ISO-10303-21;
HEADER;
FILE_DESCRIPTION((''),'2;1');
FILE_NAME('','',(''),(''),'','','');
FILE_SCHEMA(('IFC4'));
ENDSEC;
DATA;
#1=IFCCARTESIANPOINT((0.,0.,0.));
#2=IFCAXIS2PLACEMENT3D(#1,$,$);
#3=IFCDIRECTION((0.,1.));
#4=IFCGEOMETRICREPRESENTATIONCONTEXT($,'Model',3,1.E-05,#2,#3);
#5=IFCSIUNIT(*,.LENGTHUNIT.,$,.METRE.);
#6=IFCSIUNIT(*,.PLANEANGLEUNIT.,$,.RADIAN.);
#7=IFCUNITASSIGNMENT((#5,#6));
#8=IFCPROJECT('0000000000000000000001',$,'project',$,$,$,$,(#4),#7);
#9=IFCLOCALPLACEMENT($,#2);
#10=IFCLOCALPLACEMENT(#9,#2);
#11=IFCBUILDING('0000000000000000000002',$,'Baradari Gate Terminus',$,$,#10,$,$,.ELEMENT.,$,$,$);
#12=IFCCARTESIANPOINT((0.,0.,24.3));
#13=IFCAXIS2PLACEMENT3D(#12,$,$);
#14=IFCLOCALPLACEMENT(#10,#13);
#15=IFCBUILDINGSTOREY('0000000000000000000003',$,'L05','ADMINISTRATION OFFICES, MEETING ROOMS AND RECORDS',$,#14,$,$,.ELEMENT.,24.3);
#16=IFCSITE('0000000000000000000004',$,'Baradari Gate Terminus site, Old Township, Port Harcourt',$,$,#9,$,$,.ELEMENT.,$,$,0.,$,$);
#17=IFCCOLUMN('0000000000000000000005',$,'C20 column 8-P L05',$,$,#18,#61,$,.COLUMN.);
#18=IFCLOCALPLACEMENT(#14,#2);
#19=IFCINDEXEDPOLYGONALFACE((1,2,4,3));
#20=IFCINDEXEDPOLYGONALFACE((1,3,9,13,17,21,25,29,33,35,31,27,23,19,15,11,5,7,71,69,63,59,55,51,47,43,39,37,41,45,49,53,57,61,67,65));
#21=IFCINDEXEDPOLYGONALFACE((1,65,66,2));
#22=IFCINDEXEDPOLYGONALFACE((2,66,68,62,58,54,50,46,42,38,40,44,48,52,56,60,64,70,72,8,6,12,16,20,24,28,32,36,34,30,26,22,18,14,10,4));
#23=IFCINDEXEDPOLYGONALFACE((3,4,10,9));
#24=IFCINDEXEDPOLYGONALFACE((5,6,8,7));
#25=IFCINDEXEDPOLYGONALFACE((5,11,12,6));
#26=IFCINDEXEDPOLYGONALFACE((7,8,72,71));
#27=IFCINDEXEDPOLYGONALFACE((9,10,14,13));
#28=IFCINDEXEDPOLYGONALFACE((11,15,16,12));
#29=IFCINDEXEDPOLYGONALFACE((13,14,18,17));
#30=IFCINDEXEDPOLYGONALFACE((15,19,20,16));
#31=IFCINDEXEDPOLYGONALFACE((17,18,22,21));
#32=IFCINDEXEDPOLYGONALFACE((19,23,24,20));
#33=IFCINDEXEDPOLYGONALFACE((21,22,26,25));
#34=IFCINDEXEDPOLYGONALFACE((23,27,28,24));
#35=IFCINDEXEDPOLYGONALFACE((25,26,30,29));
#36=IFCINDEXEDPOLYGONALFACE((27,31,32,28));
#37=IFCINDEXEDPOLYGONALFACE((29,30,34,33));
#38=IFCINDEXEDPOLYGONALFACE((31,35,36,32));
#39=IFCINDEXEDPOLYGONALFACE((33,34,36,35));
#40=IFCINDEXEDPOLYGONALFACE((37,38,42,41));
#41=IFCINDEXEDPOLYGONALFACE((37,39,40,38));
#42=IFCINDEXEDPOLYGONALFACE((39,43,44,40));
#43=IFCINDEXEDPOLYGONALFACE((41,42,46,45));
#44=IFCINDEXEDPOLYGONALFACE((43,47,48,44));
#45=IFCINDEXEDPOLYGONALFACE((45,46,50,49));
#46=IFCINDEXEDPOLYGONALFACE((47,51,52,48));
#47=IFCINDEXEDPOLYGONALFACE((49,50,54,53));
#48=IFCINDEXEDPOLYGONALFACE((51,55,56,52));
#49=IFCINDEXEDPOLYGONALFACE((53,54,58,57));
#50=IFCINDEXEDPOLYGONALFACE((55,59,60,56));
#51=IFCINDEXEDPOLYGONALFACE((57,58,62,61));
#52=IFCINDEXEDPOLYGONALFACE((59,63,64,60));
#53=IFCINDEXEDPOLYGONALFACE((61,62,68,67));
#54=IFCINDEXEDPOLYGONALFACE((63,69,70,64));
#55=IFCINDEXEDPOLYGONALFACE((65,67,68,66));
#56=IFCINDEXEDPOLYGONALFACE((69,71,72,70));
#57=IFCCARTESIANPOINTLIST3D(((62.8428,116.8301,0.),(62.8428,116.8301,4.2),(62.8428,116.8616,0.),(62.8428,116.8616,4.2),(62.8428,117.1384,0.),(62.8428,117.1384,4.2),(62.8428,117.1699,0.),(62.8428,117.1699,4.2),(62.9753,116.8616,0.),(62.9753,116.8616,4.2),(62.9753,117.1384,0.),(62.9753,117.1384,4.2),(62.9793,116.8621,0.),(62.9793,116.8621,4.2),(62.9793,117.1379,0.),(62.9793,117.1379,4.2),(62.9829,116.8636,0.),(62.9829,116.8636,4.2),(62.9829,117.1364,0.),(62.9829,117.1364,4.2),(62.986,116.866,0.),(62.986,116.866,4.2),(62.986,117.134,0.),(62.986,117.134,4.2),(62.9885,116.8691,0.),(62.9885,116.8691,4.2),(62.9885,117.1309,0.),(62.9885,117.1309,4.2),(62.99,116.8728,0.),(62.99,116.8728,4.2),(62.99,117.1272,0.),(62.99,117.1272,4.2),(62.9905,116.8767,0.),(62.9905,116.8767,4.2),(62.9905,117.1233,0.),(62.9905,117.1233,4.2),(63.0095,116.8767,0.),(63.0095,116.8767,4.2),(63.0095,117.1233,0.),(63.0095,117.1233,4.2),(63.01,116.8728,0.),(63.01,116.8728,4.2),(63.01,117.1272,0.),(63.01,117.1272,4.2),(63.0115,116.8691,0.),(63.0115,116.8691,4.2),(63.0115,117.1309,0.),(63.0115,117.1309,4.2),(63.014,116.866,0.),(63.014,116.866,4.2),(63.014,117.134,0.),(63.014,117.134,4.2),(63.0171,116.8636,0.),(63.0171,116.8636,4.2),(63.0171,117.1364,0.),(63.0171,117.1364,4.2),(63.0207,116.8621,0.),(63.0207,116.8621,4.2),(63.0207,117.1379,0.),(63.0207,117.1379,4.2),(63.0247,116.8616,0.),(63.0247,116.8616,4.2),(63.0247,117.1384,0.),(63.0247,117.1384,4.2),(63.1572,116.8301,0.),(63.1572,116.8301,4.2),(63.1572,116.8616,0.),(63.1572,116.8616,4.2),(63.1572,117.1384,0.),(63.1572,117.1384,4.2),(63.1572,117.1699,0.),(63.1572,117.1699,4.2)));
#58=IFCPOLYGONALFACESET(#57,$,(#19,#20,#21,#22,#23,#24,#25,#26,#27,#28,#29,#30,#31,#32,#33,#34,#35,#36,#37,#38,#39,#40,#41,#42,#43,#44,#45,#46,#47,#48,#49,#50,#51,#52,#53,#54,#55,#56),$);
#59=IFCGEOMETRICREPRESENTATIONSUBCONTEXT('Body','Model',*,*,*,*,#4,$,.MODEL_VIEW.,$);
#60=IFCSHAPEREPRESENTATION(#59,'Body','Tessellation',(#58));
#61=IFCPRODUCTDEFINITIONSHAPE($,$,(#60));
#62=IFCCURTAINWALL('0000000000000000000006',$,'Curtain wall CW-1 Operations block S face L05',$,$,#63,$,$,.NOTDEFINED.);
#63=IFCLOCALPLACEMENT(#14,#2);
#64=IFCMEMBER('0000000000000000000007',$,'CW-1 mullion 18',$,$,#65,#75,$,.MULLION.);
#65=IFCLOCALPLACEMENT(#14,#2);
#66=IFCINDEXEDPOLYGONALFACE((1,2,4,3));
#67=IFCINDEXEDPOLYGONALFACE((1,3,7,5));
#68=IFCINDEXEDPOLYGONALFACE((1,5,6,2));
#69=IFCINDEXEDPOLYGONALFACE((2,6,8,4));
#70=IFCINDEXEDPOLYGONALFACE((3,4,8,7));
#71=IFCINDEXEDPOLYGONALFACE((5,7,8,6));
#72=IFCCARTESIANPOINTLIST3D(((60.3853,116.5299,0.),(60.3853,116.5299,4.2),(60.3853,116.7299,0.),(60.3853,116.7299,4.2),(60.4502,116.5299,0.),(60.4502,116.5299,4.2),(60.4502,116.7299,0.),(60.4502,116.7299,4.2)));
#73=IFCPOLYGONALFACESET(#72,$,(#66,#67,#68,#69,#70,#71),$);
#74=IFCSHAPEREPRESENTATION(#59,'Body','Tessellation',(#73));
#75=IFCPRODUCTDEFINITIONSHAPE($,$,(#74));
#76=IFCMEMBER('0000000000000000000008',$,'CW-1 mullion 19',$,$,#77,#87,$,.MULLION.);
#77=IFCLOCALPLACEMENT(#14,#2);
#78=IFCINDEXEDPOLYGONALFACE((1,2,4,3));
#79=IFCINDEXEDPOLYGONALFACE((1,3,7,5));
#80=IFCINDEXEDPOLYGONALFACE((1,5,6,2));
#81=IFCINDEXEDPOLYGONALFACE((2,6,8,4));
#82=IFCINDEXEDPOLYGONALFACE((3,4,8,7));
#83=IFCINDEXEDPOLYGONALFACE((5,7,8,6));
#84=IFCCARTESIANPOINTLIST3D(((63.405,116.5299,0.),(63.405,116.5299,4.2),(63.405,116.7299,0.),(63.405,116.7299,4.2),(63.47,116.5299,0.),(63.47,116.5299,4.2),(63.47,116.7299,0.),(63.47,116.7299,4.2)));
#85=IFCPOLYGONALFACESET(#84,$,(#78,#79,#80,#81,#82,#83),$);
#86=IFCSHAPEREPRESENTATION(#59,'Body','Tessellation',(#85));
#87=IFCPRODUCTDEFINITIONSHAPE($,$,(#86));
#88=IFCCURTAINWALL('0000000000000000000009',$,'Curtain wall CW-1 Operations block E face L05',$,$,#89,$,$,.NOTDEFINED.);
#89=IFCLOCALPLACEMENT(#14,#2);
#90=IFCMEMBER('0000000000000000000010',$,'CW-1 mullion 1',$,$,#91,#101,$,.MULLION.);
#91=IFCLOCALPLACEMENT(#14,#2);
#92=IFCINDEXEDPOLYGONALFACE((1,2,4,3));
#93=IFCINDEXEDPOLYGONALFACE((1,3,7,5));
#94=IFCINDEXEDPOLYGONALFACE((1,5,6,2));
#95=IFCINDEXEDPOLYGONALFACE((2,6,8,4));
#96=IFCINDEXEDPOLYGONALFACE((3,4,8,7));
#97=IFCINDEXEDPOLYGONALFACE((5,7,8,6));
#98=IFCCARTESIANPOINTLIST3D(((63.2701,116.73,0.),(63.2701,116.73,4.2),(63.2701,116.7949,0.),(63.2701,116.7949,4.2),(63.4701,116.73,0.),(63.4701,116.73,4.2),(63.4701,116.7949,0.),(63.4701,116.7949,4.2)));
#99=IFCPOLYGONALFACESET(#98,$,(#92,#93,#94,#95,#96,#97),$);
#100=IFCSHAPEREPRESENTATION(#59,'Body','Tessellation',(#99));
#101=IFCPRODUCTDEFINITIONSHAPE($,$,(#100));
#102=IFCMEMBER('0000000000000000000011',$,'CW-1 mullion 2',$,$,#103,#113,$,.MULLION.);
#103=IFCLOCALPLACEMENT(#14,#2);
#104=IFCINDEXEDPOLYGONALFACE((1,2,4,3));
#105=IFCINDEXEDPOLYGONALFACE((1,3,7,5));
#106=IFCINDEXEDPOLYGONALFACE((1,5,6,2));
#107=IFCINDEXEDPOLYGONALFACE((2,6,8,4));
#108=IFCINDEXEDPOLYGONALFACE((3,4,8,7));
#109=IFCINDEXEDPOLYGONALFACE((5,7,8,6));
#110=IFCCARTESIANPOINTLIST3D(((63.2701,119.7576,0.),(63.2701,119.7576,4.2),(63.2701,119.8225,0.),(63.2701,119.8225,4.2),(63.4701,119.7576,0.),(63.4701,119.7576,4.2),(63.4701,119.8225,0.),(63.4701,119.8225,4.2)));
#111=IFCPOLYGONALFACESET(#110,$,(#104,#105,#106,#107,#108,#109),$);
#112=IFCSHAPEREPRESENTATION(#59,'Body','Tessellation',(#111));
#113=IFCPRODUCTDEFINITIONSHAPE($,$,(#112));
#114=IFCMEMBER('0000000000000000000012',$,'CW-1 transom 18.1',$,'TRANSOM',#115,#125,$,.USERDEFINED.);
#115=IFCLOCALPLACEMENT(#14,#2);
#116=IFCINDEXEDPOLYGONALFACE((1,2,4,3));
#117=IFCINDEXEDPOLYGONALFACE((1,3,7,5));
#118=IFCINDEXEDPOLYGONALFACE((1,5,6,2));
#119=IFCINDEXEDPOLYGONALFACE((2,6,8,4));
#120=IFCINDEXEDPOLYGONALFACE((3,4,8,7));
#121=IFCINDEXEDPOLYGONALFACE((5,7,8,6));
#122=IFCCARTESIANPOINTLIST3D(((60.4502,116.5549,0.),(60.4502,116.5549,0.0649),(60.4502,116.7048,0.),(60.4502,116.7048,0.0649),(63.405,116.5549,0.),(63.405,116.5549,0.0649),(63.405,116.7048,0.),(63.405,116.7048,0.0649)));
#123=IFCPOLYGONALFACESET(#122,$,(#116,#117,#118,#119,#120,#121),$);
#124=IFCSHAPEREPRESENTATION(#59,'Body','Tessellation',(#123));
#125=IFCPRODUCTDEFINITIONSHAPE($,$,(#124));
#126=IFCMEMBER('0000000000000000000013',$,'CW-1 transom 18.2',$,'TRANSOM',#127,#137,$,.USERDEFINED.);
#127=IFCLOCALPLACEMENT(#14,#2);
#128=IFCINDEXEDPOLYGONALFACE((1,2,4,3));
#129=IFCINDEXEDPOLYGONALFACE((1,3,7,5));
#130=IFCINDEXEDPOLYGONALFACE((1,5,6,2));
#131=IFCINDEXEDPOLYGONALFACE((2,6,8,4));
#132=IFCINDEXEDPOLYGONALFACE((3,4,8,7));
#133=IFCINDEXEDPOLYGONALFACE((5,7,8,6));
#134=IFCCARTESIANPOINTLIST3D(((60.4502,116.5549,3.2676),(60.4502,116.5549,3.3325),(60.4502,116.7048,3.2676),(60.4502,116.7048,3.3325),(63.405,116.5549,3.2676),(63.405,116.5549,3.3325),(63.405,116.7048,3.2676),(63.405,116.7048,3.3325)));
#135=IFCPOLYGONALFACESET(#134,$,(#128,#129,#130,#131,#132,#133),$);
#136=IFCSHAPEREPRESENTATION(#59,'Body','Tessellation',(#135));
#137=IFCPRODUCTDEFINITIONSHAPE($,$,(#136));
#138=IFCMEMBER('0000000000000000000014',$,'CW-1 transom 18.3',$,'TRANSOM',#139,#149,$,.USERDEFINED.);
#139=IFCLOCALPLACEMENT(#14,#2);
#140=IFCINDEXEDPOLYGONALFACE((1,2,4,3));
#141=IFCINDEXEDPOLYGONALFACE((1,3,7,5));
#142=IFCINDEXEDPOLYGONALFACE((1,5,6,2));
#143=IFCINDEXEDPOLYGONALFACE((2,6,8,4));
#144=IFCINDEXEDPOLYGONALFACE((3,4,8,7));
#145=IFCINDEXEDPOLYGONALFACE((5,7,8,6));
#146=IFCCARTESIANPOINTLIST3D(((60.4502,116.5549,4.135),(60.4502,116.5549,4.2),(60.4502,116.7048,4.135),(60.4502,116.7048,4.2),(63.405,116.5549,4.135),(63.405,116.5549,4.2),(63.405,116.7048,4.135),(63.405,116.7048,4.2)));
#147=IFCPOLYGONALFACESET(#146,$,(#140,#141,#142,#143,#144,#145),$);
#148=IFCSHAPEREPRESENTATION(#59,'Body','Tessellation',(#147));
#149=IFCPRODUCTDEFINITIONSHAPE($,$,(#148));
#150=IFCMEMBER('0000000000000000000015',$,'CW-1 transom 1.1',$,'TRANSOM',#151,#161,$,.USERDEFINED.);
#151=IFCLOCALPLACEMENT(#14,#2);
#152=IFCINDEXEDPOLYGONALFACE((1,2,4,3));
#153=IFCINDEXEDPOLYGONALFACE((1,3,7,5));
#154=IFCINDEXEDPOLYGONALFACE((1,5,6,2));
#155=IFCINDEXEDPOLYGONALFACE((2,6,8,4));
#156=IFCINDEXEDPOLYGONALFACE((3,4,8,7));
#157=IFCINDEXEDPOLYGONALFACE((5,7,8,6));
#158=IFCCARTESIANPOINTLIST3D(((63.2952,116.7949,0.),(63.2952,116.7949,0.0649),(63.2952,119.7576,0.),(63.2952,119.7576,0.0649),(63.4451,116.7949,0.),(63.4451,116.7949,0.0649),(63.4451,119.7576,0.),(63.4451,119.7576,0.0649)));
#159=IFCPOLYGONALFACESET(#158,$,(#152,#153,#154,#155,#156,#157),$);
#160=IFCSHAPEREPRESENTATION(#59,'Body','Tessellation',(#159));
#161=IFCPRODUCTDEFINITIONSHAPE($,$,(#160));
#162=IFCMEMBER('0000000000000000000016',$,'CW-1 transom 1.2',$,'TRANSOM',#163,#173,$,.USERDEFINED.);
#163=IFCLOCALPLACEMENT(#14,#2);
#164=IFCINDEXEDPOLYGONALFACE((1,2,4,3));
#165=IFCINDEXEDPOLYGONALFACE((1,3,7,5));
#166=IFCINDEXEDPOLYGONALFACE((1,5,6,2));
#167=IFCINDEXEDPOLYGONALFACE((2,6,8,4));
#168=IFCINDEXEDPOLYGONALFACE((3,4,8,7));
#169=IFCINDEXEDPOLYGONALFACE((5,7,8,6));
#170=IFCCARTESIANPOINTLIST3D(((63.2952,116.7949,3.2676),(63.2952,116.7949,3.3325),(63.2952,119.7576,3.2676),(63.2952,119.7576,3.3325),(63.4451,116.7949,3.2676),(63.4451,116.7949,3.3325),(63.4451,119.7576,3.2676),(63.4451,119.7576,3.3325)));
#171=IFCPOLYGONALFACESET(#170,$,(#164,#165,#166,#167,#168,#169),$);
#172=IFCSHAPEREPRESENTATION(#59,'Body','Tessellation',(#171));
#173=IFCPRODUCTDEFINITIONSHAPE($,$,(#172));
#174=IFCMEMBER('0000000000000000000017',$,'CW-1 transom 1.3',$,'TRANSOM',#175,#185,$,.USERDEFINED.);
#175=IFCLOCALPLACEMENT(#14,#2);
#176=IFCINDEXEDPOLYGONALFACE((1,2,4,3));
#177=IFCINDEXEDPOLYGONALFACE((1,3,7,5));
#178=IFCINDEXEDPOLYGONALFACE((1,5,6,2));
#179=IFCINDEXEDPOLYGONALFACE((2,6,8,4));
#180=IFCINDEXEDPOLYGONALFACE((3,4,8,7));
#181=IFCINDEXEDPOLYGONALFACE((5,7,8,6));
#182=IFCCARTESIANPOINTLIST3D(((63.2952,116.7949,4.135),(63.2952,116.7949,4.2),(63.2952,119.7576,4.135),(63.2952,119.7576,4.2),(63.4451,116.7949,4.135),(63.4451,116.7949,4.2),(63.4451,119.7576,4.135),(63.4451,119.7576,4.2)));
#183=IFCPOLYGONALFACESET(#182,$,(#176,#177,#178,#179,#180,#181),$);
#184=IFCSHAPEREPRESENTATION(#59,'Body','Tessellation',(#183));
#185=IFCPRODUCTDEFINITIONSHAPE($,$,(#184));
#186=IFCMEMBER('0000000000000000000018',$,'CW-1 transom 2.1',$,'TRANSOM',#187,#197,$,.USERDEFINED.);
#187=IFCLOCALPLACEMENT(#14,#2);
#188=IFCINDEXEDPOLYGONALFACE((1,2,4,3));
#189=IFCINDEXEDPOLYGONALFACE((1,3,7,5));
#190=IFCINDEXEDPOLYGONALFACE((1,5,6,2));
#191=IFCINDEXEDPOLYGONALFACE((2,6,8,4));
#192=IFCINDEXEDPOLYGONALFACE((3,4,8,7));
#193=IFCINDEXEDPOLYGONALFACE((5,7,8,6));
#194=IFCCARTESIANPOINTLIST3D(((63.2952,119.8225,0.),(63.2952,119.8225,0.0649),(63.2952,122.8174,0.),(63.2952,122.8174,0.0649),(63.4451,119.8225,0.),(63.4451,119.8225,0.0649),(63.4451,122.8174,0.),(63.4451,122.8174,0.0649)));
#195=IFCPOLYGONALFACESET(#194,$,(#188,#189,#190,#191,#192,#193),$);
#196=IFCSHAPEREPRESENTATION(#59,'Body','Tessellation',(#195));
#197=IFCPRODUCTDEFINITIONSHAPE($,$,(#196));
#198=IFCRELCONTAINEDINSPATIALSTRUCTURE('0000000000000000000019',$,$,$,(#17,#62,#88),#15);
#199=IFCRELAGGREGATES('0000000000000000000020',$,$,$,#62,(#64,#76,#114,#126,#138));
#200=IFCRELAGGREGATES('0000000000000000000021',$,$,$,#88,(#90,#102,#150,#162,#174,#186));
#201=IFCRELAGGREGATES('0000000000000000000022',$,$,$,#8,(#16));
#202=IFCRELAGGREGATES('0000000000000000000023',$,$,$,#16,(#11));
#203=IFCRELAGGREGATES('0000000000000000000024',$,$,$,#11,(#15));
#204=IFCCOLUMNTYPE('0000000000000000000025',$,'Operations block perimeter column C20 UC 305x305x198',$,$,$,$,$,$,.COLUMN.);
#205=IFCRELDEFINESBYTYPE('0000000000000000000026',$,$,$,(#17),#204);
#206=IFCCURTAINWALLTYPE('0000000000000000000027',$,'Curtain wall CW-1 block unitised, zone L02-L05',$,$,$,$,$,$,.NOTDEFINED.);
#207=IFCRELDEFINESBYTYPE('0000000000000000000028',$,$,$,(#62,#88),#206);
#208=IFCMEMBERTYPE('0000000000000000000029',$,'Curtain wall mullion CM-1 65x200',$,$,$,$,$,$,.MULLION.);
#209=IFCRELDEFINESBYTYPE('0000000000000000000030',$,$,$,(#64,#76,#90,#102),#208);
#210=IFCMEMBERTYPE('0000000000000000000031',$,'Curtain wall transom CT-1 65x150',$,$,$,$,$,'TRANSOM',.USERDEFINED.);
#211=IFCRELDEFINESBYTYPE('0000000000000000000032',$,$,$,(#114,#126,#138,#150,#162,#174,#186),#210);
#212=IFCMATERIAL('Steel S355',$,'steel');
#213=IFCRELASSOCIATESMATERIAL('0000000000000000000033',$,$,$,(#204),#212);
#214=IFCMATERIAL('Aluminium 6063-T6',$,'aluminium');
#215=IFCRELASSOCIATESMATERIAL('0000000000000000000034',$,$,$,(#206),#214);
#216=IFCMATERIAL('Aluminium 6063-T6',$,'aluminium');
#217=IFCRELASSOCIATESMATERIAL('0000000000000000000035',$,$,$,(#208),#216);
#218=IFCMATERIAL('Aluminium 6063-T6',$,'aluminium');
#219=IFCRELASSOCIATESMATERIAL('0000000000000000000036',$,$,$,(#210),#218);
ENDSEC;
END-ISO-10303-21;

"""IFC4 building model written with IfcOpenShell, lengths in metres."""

from ifc_helpers import new_model, si_unit, direction, frame, origin, origin_2d, place, context, subcontext, project, spatial, rectangle, i_section, extrude, material, material_profile, profile_set, type_object, element, aggregate, save


model = new_model("IFC4")

# Units and contexts
model_context = context("Model", 3, precision=1e-05, world=origin(), true_north=direction((0.0, 1.0)))
body_context = subcontext(model_context, "Body", "Model", "MODEL_VIEW")
ifc_project = project(units=[si_unit("LENGTHUNIT", "METRE"), si_unit("PLANEANGLEUNIT", "RADIAN")], contexts=[model_context])

# Site, building, storey
site_placement = place(None, origin())
site = spatial("IfcSite", under=ifc_project, at=site_placement, Name="Baradari Gate Terminus site, Old Township, Port Harcourt", CompositionType="ELEMENT", RefElevation=0.0)
building_placement = place(site_placement, origin())
building = spatial("IfcBuilding", under=site, at=building_placement, Name="Baradari Gate Terminus", CompositionType="ELEMENT")
storey_placement = place(building_placement, frame((0.0, 0.0, 24.3)))
storey = spatial("IfcBuildingStorey", under=building, at=storey_placement, Name="L05", Description="ADMINISTRATION OFFICES, MEETING ROOMS AND RECORDS", CompositionType="ELEMENT", Elevation=24.3)

# Column
ifc_material_1 = material(Name="Steel S355", Category="steel")
ifc_material_profile_1 = material_profile(ifc_material_1, i_section(OverallWidth=0.3145, OverallDepth=0.3398, WebThickness=0.019, FlangeThickness=0.0315, FilletRadius=0.0151, at=origin_2d()), Name="UC 305x305x198")
ifc_profile_set_1 = profile_set([ifc_material_profile_1], Name="Steel S355")
column_type = type_object("IfcColumnType", Name="Operations block perimeter column C20 UC 305x305x198", PredefinedType="COLUMN", material=ifc_profile_set_1)
column_placement = place(storey_placement, frame((63.0, 117.0, 0.0), z_axis=(0.0, 0.0, 1.0), x_axis=(1.0, 0.0, 0.0)))
element("IfcColumn", 1, at=column_placement, inside=storey, type_object=column_type, Name="C20 column 8-P L05", PredefinedType="COLUMN", context=body_context, shape_type="SweptSolid", body=[
    extrude(i_section(OverallWidth=0.3145, OverallDepth=0.3398, WebThickness=0.019, FlangeThickness=0.0315, FilletRadius=0.0151, at=origin_2d()), origin(), (0.0, 0.0, 1.0), 4.2),
])

# Curtain walls, members
ifc_material_2 = material(Name="Aluminium 6063-T6", Category="aluminium")
curtain_wall_type = type_object("IfcCurtainWallType", Name="Curtain wall CW-1 block unitised, zone L02-L05", PredefinedType="NOTDEFINED", material=ifc_material_2)
curtain_wall_1_placement = place(storey_placement, origin())
curtain_wall_1 = element("IfcCurtainWall", 2, at=curtain_wall_1_placement, inside=storey, type_object=curtain_wall_type, Name="Curtain wall CW-1 Operations block S face L05", PredefinedType="NOTDEFINED")
ifc_material_3 = material(Name="Aluminium 6063-T6", Category="aluminium")
ifc_material_profile_2 = material_profile(ifc_material_3, rectangle(XDim=0.2, YDim=0.0649, at=origin_2d()), Name="CM-1 65X200")
ifc_profile_set_2 = profile_set([ifc_material_profile_2], Name="Aluminium 6063-T6")
member_type_1 = type_object("IfcMemberType", Name="Curtain wall mullion CM-1 65x200", PredefinedType="MULLION", material=ifc_profile_set_2)
member_1_placement = place(storey_placement, frame((60.4177, 116.6299, 0.0), z_axis=(0.0, 0.0, 1.0), x_axis=(0.0, 1.0, 0.0)))
member_1 = element("IfcMember", 3, at=member_1_placement, type_object=member_type_1, Name="CW-1 mullion 18", PredefinedType="MULLION", context=body_context, shape_type="SweptSolid", body=[
    extrude(rectangle(XDim=0.2, YDim=0.0649, at=origin_2d()), origin(), (0.0, 0.0, 1.0), 4.2),
])
member_2_placement = place(storey_placement, frame((63.4375, 116.6299, 0.0), z_axis=(0.0, 0.0, 1.0), x_axis=(0.0, 1.0, 0.0)))
member_2 = element("IfcMember", 4, at=member_2_placement, type_object=member_type_1, Name="CW-1 mullion 19", PredefinedType="MULLION", context=body_context, shape_type="SweptSolid", body=[
    extrude(rectangle(XDim=0.2, YDim=0.0649, at=origin_2d()), origin(), (0.0, 0.0, 1.0), 4.2),
])
curtain_wall_2_placement = place(storey_placement, origin())
curtain_wall_2 = element("IfcCurtainWall", 5, at=curtain_wall_2_placement, inside=storey, type_object=curtain_wall_type, Name="Curtain wall CW-1 Operations block E face L05", PredefinedType="NOTDEFINED")
member_3_placement = place(storey_placement, frame((63.3701, 116.7625, 0.0), z_axis=(0.0, 0.0, 1.0), x_axis=(-1.0, 0.0, 0.0)))
member_3 = element("IfcMember", 6, at=member_3_placement, type_object=member_type_1, Name="CW-1 mullion 1", PredefinedType="MULLION", context=body_context, shape_type="SweptSolid", body=[
    extrude(rectangle(XDim=0.2, YDim=0.0649, at=origin_2d()), origin(), (0.0, 0.0, 1.0), 4.2),
])
member_4_placement = place(storey_placement, frame((63.3701, 119.79, 0.0), z_axis=(0.0, 0.0, 1.0), x_axis=(-1.0, 0.0, 0.0)))
member_4 = element("IfcMember", 7, at=member_4_placement, type_object=member_type_1, Name="CW-1 mullion 2", PredefinedType="MULLION", context=body_context, shape_type="SweptSolid", body=[
    extrude(rectangle(XDim=0.2, YDim=0.0649, at=origin_2d()), origin(), (0.0, 0.0, 1.0), 4.2),
])

# Members
ifc_material_4 = material(Name="Aluminium 6063-T6", Category="aluminium")
ifc_material_profile_3 = material_profile(ifc_material_4, rectangle(XDim=0.1499, YDim=0.0649, at=origin_2d()), Name="CT-1 65X150")
ifc_profile_set_3 = profile_set([ifc_material_profile_3], Name="Aluminium 6063-T6")
member_type_2 = type_object("IfcMemberType", Name="Curtain wall transom CT-1 65x150", ElementType="TRANSOM", PredefinedType="USERDEFINED", material=ifc_profile_set_3)
member_5_placement = place(storey_placement, frame((60.4502, 116.6299, 0.0325), z_axis=(1.0, 0.0, 0.0), x_axis=(0.0, 1.0, 0.0)))
member_5 = element("IfcMember", 8, at=member_5_placement, type_object=member_type_2, Name="CW-1 transom 18.1", ObjectType="TRANSOM", PredefinedType="USERDEFINED", context=body_context, shape_type="SweptSolid", body=[
    extrude(rectangle(XDim=0.1499, YDim=0.0649, at=origin_2d()), origin(), (0.0, 0.0, 1.0), 2.9548),
])
member_6_placement = place(storey_placement, frame((60.4502, 116.6299, 3.3), z_axis=(1.0, 0.0, 0.0), x_axis=(0.0, 1.0, 0.0)))
member_6 = element("IfcMember", 9, at=member_6_placement, type_object=member_type_2, Name="CW-1 transom 18.2", ObjectType="TRANSOM", PredefinedType="USERDEFINED", context=body_context, shape_type="SweptSolid", body=[
    extrude(rectangle(XDim=0.1499, YDim=0.0649, at=origin_2d()), origin(), (0.0, 0.0, 1.0), 2.9548),
])
member_7_placement = place(storey_placement, frame((60.4502, 116.6299, 4.1675), z_axis=(1.0, 0.0, 0.0), x_axis=(0.0, 1.0, 0.0)))
member_7 = element("IfcMember", 10, at=member_7_placement, type_object=member_type_2, Name="CW-1 transom 18.3", ObjectType="TRANSOM", PredefinedType="USERDEFINED", context=body_context, shape_type="SweptSolid", body=[
    extrude(rectangle(XDim=0.1499, YDim=0.0649, at=origin_2d()), origin(), (0.0, 0.0, 1.0), 2.9548),
])
member_8_placement = place(storey_placement, frame((63.3701, 116.7949, 0.0325), z_axis=(0.0, 1.0, 0.0), x_axis=(-1.0, 0.0, 0.0)))
member_8 = element("IfcMember", 11, at=member_8_placement, type_object=member_type_2, Name="CW-1 transom 1.1", ObjectType="TRANSOM", PredefinedType="USERDEFINED", context=body_context, shape_type="SweptSolid", body=[
    extrude(rectangle(XDim=0.1499, YDim=0.0649, at=origin_2d()), origin(), (0.0, 0.0, 1.0), 2.9626),
])
member_9_placement = place(storey_placement, frame((63.3701, 116.7949, 3.3), z_axis=(0.0, 1.0, 0.0), x_axis=(-1.0, 0.0, 0.0)))
member_9 = element("IfcMember", 12, at=member_9_placement, type_object=member_type_2, Name="CW-1 transom 1.2", ObjectType="TRANSOM", PredefinedType="USERDEFINED", context=body_context, shape_type="SweptSolid", body=[
    extrude(rectangle(XDim=0.1499, YDim=0.0649, at=origin_2d()), origin(), (0.0, 0.0, 1.0), 2.9626),
])
member_10_placement = place(storey_placement, frame((63.3701, 116.7949, 4.1675), z_axis=(0.0, 1.0, 0.0), x_axis=(-1.0, 0.0, 0.0)))
member_10 = element("IfcMember", 13, at=member_10_placement, type_object=member_type_2, Name="CW-1 transom 1.3", ObjectType="TRANSOM", PredefinedType="USERDEFINED", context=body_context, shape_type="SweptSolid", body=[
    extrude(rectangle(XDim=0.1499, YDim=0.0649, at=origin_2d()), origin(), (0.0, 0.0, 1.0), 2.9626),
])
member_11_placement = place(storey_placement, frame((63.3701, 119.8225, 0.0325), z_axis=(0.0, 1.0, 0.0), x_axis=(-1.0, 0.0, 0.0)))
member_11 = element("IfcMember", 14, at=member_11_placement, type_object=member_type_2, Name="CW-1 transom 2.1", ObjectType="TRANSOM", PredefinedType="USERDEFINED", context=body_context, shape_type="SweptSolid", body=[
    extrude(rectangle(XDim=0.1499, YDim=0.0649, at=origin_2d()), origin(), (0.0, 0.0, 1.0), 2.9949),
])

aggregate(curtain_wall_1, [member_1, member_2, member_5, member_6, member_7])
aggregate(curtain_wall_2, [member_3, member_4, member_8, member_9, member_10, member_11])

save(model, "model.ifc")
